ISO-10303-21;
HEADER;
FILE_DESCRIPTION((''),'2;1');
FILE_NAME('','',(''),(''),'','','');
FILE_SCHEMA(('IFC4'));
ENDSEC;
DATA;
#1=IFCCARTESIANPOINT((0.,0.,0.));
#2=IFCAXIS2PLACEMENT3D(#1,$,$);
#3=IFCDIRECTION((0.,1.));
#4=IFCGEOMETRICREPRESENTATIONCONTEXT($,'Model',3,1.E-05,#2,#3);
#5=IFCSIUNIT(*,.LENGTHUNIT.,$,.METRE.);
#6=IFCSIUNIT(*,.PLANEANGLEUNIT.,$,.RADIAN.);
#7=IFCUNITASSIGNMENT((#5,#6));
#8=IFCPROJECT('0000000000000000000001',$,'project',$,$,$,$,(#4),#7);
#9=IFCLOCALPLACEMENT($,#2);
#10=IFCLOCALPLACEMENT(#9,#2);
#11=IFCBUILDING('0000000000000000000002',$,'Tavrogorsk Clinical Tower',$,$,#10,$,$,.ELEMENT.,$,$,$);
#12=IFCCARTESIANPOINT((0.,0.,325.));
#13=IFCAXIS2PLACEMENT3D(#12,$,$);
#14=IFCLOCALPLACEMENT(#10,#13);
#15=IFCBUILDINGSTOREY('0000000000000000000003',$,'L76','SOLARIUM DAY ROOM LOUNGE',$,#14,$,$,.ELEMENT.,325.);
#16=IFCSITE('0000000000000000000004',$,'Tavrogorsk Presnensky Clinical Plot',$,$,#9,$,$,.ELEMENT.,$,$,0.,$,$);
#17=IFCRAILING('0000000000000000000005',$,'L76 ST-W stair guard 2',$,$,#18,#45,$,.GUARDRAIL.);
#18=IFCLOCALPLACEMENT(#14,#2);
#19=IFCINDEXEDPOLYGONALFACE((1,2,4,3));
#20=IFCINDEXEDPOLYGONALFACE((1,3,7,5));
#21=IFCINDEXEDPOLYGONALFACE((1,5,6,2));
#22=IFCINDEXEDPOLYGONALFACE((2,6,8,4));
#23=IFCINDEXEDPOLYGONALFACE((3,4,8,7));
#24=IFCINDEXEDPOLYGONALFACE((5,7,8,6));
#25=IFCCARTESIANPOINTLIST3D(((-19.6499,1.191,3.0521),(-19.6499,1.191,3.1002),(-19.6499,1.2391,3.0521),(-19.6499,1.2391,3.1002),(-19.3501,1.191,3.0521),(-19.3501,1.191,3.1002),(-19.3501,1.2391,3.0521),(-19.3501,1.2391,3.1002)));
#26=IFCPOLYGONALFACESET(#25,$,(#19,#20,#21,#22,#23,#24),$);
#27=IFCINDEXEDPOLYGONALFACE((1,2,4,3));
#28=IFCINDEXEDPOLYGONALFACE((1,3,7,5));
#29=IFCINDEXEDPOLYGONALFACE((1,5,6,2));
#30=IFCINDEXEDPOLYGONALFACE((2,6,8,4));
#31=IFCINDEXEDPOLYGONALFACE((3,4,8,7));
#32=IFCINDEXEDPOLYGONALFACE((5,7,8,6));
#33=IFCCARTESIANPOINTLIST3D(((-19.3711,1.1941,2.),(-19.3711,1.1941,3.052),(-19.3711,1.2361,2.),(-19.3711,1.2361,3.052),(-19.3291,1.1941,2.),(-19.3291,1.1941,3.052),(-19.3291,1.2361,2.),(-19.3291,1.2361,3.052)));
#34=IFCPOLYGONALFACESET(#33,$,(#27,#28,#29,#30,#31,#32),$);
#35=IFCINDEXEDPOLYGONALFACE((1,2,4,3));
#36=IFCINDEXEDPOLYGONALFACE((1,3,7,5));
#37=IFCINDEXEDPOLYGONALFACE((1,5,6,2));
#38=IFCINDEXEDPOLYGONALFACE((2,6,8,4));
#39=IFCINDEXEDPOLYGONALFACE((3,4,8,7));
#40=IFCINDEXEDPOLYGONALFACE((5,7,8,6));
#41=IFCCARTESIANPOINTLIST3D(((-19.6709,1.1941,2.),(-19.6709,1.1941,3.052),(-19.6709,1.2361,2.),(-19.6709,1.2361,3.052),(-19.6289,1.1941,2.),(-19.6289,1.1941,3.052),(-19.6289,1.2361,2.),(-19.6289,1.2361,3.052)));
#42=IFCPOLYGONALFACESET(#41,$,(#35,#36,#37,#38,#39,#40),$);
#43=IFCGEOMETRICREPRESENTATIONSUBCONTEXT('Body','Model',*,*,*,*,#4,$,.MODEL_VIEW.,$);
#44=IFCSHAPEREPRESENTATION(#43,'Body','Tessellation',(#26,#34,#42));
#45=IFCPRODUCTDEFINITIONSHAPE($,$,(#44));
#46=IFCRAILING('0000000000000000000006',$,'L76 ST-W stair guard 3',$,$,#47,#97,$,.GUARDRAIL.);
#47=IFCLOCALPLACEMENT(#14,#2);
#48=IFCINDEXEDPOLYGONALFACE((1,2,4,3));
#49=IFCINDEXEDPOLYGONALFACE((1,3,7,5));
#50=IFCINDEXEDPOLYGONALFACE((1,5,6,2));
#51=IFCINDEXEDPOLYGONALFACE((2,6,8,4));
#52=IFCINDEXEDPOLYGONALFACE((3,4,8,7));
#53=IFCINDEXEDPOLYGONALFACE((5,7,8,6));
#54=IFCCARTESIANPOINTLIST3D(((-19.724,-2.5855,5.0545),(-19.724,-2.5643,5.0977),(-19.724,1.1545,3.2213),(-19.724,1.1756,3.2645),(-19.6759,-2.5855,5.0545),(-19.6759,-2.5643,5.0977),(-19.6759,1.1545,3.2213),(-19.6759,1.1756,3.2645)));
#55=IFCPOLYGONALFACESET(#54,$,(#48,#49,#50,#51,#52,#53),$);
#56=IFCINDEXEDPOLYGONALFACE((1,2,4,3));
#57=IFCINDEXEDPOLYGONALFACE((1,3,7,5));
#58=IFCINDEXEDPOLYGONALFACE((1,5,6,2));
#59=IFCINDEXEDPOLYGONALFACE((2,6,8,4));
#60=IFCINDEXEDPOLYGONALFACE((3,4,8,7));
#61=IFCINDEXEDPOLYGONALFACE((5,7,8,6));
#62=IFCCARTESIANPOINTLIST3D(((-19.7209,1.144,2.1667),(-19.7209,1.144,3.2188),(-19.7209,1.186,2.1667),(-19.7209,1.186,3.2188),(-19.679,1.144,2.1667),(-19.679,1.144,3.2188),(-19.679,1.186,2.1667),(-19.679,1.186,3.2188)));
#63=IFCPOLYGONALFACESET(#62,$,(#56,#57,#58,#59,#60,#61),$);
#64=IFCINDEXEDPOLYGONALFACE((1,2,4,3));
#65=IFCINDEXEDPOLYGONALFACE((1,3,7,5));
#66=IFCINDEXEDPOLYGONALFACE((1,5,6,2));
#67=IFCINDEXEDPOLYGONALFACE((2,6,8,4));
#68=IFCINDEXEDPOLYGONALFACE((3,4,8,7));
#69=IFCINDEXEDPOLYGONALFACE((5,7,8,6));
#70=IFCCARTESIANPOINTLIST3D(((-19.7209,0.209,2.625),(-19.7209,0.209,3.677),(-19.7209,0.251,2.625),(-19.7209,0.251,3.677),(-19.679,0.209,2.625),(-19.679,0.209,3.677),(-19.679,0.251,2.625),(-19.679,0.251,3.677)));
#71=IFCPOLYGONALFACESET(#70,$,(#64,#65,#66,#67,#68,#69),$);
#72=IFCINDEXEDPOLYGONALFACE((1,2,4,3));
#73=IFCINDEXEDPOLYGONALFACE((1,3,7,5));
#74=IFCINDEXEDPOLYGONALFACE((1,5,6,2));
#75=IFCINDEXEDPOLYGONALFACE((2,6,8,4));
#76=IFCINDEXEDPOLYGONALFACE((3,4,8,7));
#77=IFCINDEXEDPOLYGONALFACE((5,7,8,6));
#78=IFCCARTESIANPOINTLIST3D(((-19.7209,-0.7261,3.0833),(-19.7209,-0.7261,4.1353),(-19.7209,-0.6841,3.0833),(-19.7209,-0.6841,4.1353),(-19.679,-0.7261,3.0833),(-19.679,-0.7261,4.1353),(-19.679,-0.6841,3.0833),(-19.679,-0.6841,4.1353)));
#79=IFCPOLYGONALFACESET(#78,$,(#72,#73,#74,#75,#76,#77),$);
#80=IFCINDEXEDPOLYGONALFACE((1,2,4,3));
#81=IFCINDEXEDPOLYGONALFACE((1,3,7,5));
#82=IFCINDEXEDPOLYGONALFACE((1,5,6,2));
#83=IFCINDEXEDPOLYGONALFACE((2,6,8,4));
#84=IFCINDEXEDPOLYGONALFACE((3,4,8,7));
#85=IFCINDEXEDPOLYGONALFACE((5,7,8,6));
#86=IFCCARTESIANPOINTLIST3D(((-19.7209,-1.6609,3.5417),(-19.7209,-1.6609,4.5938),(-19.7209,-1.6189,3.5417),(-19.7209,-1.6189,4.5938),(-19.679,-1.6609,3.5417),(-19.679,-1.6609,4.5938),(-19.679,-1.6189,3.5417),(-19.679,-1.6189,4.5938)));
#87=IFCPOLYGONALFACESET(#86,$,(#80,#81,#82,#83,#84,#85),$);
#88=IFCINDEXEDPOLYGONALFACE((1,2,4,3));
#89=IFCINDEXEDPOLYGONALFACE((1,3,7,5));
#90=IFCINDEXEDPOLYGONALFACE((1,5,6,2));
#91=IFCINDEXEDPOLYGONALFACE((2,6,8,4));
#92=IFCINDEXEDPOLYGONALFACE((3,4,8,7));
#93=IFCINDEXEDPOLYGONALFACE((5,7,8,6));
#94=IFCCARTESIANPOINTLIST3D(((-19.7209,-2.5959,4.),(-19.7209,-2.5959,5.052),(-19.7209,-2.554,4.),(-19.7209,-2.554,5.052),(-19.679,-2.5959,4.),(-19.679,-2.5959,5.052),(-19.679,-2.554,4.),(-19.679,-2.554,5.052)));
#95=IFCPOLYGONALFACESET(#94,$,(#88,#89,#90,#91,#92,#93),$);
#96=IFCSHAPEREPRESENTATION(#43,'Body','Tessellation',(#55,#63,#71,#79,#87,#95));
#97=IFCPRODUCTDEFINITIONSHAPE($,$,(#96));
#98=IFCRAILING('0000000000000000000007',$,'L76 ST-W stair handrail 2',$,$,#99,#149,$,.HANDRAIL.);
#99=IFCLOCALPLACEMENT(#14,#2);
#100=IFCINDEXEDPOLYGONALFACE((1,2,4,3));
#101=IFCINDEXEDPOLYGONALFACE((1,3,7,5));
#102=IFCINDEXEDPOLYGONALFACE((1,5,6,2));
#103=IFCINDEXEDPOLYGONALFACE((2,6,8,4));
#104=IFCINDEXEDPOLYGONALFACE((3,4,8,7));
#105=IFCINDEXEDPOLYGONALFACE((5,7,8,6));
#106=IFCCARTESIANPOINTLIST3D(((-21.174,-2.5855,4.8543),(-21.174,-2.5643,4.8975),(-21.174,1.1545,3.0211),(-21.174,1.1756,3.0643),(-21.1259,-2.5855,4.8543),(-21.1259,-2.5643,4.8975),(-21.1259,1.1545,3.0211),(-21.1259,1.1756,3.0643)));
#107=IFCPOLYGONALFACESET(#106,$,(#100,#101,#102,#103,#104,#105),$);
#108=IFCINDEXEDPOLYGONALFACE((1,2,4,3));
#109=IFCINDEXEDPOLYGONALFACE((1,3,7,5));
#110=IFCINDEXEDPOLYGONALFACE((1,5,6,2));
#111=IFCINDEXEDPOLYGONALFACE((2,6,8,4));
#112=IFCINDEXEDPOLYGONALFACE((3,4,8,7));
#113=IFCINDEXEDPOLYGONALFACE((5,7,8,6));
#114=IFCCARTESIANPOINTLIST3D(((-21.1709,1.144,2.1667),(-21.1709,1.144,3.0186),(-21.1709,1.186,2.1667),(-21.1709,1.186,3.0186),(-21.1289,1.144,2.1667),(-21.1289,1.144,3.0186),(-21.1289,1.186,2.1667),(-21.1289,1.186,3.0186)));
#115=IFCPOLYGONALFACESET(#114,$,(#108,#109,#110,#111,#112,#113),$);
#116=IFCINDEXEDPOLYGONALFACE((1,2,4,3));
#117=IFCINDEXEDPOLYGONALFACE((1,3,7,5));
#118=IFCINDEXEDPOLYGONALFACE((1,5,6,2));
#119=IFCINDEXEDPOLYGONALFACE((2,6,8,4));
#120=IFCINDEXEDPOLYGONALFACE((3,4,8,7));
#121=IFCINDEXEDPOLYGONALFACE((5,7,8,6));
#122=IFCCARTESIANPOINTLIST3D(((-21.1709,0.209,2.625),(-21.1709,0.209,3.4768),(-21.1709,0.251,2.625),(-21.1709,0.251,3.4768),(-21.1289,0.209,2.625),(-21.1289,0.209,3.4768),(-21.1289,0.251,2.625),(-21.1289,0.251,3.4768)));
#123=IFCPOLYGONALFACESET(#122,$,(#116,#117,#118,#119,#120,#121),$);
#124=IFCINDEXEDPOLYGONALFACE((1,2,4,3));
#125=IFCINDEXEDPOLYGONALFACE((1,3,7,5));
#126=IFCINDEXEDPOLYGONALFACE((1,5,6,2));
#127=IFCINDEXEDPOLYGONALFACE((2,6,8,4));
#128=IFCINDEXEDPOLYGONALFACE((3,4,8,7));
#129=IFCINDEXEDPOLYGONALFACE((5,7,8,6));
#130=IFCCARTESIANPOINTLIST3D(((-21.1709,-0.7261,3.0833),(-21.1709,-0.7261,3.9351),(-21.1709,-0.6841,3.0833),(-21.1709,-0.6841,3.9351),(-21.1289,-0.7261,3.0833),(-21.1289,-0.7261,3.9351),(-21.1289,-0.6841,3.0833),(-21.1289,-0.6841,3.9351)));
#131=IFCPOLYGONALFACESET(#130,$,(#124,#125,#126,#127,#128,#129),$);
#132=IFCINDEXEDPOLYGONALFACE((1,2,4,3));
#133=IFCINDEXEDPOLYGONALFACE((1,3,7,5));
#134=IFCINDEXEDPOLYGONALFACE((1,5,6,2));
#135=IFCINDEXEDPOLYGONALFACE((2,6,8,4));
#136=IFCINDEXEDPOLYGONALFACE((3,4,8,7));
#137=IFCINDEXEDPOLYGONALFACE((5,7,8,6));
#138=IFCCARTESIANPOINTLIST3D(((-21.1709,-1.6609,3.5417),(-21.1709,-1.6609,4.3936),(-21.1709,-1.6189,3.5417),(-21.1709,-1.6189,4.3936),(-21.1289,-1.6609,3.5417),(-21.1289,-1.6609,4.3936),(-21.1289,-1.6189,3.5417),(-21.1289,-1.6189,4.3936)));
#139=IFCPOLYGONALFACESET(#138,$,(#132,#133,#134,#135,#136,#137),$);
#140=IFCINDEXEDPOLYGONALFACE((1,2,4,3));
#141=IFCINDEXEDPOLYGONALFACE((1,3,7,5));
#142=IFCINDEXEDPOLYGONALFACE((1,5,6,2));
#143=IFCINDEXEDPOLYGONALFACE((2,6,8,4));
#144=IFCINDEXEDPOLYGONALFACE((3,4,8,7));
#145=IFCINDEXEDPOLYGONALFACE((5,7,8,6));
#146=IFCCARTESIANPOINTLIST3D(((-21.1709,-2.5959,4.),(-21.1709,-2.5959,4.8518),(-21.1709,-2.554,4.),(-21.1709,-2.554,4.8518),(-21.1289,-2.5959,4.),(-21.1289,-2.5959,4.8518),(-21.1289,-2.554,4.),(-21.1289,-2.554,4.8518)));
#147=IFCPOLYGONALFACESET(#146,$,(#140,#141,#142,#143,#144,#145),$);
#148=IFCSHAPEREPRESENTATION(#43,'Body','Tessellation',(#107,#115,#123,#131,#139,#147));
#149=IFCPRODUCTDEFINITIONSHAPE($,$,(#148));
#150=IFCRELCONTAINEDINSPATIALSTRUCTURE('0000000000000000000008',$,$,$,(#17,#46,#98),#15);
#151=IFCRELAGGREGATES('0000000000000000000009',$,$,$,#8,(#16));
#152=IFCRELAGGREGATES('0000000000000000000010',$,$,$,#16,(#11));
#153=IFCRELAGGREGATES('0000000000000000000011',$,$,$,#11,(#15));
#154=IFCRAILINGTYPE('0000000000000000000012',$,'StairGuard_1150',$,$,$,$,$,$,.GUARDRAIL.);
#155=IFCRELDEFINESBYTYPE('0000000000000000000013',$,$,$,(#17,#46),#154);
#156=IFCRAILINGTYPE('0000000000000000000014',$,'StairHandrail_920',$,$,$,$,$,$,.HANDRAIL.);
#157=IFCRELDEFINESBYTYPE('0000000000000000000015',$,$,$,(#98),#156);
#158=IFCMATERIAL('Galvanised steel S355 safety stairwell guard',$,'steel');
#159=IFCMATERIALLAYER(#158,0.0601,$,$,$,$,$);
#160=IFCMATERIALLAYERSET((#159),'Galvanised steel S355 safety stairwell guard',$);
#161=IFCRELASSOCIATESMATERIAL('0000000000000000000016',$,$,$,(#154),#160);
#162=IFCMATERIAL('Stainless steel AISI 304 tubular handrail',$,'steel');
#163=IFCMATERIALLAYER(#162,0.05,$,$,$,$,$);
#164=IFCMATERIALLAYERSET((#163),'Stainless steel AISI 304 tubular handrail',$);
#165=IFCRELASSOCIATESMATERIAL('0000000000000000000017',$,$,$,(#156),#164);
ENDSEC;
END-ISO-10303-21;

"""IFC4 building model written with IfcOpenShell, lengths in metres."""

from ifc_helpers import new_model, si_unit, direction, frame, origin, origin_2d, place, context, subcontext, project, spatial, rectangle, extrude, material, layer, layer_set, type_object, element, save


model = new_model("IFC4")

# Units and contexts
model_context = context("Model", 3, precision=1e-05, world=origin(), true_north=direction((0.0, 1.0)))
body_context = subcontext(model_context, "Body", "Model", "MODEL_VIEW")
ifc_project = project(units=[si_unit("LENGTHUNIT", "METRE"), si_unit("PLANEANGLEUNIT", "RADIAN")], contexts=[model_context])

# Site, building, storey
site_placement = place(None, origin())
site = spatial("IfcSite", under=ifc_project, at=site_placement, Name="Tavrogorsk Presnensky Clinical Plot", CompositionType="ELEMENT", RefElevation=0.0)
building_placement = place(site_placement, origin())
building = spatial("IfcBuilding", under=site, at=building_placement, Name="Tavrogorsk Clinical Tower", CompositionType="ELEMENT")
storey_placement = place(building_placement, frame((0.0, 0.0, 325.0)))
storey = spatial("IfcBuildingStorey", under=building, at=storey_placement, Name="L76", Description="SOLARIUM DAY ROOM LOUNGE", CompositionType="ELEMENT", Elevation=325.0)

# Railings
ifc_material_1 = material(Name="Galvanised steel S355 safety stairwell guard", Category="steel")
ifc_layer_1 = layer(ifc_material_1, 0.0601)
ifc_layer_set_1 = layer_set([ifc_layer_1], Name="Galvanised steel S355 safety stairwell guard")
railing_type_1 = type_object("IfcRailingType", Name="StairGuard_1150", PredefinedType="GUARDRAIL", material=ifc_layer_set_1)
railing_1_placement = place(storey_placement, frame((-19.3501, 1.2151, 2.0)))
element("IfcRailing", 1, at=railing_1_placement, inside=storey, type_object=railing_type_1, Name="L76 ST-W stair guard 2", PredefinedType="GUARDRAIL", context=body_context, shape_type="SweptSolid", body=[
    extrude(rectangle(XDim=0.0481, YDim=0.0481, at=origin_2d()), frame((0.0, 0.0, 1.0762), z_axis=(-1.0, 0.0, 0.0), x_axis=(0.0, -1.0, 0.0)), (0.0, 0.0, 1.0), 0.2998),
    extrude(rectangle(XDim=0.042, YDim=0.042, at=origin_2d()), origin(), (0.0, 0.0, 1.0), 1.052),
    extrude(rectangle(XDim=0.042, YDim=0.042, at=origin_2d()), frame((-0.2998, 0.0, 0.0)), (0.0, 0.0, 1.0), 1.052),
])
railing_2_placement = place(storey_placement, frame((-19.7, 1.165, 2.1667)))
element("IfcRailing", 2, at=railing_2_placement, inside=storey, type_object=railing_type_1, Name="L76 ST-W stair guard 3", PredefinedType="GUARDRAIL", context=body_context, shape_type="SweptSolid", body=[
    extrude(rectangle(XDim=0.0481, YDim=0.0481, at=origin_2d()), frame((0.0, 0.0, 1.0762), z_axis=(0.0, -0.897928, 0.440142), x_axis=(1.0, 0.0, 0.0)), (0.0, 0.0, 1.0), 4.165),
    extrude(rectangle(XDim=0.042, YDim=0.042, at=origin_2d()), origin(), (0.0, 0.0, 1.0), 1.052),
    extrude(rectangle(XDim=0.042, YDim=0.042, at=origin_2d()), frame((0.0, -0.9351, 0.4583)), (0.0, 0.0, 1.0), 1.052),
    extrude(rectangle(XDim=0.042, YDim=0.042, at=origin_2d()), frame((0.0, -1.8701, 0.9165)), (0.0, 0.0, 1.0), 1.052),
    extrude(rectangle(XDim=0.042, YDim=0.042, at=origin_2d()), frame((0.0, -2.8049, 1.375)), (0.0, 0.0, 1.0), 1.052),
    extrude(rectangle(XDim=0.042, YDim=0.042, at=origin_2d()), frame((0.0, -3.74, 1.8333)), (0.0, 0.0, 1.0), 1.052),
])
ifc_material_2 = material(Name="Stainless steel AISI 304 tubular handrail", Category="steel")
ifc_layer_2 = layer(ifc_material_2, 0.05)
ifc_layer_set_2 = layer_set([ifc_layer_2], Name="Stainless steel AISI 304 tubular handrail")
railing_type_2 = type_object("IfcRailingType", Name="StairHandrail_920", PredefinedType="HANDRAIL", material=ifc_layer_set_2)
railing_3_placement = place(storey_placement, frame((-21.1499, 1.165, 2.1667)))
element("IfcRailing", 3, at=railing_3_placement, inside=storey, type_object=railing_type_2, Name="L76 ST-W stair handrail 2", PredefinedType="HANDRAIL", context=body_context, shape_type="SweptSolid", body=[
    extrude(rectangle(XDim=0.0481, YDim=0.0481, at=origin_2d()), frame((0.0, 0.0, 0.876), z_axis=(0.0, -0.897928, 0.440142), x_axis=(1.0, 0.0, 0.0)), (0.0, 0.0, 1.0), 4.165),
    extrude(rectangle(XDim=0.042, YDim=0.042, at=origin_2d()), origin(), (0.0, 0.0, 1.0), 0.8518),
    extrude(rectangle(XDim=0.042, YDim=0.042, at=origin_2d()), frame((0.0, -0.9351, 0.4583)), (0.0, 0.0, 1.0), 0.8518),
    extrude(rectangle(XDim=0.042, YDim=0.042, at=origin_2d()), frame((0.0, -1.8701, 0.9165)), (0.0, 0.0, 1.0), 0.8518),
    extrude(rectangle(XDim=0.042, YDim=0.042, at=origin_2d()), frame((0.0, -2.8049, 1.375)), (0.0, 0.0, 1.0), 0.8518),
    extrude(rectangle(XDim=0.042, YDim=0.042, at=origin_2d()), frame((0.0, -3.74, 1.8333)), (0.0, 0.0, 1.0), 0.8518),
])

save(model, "model.ifc")
